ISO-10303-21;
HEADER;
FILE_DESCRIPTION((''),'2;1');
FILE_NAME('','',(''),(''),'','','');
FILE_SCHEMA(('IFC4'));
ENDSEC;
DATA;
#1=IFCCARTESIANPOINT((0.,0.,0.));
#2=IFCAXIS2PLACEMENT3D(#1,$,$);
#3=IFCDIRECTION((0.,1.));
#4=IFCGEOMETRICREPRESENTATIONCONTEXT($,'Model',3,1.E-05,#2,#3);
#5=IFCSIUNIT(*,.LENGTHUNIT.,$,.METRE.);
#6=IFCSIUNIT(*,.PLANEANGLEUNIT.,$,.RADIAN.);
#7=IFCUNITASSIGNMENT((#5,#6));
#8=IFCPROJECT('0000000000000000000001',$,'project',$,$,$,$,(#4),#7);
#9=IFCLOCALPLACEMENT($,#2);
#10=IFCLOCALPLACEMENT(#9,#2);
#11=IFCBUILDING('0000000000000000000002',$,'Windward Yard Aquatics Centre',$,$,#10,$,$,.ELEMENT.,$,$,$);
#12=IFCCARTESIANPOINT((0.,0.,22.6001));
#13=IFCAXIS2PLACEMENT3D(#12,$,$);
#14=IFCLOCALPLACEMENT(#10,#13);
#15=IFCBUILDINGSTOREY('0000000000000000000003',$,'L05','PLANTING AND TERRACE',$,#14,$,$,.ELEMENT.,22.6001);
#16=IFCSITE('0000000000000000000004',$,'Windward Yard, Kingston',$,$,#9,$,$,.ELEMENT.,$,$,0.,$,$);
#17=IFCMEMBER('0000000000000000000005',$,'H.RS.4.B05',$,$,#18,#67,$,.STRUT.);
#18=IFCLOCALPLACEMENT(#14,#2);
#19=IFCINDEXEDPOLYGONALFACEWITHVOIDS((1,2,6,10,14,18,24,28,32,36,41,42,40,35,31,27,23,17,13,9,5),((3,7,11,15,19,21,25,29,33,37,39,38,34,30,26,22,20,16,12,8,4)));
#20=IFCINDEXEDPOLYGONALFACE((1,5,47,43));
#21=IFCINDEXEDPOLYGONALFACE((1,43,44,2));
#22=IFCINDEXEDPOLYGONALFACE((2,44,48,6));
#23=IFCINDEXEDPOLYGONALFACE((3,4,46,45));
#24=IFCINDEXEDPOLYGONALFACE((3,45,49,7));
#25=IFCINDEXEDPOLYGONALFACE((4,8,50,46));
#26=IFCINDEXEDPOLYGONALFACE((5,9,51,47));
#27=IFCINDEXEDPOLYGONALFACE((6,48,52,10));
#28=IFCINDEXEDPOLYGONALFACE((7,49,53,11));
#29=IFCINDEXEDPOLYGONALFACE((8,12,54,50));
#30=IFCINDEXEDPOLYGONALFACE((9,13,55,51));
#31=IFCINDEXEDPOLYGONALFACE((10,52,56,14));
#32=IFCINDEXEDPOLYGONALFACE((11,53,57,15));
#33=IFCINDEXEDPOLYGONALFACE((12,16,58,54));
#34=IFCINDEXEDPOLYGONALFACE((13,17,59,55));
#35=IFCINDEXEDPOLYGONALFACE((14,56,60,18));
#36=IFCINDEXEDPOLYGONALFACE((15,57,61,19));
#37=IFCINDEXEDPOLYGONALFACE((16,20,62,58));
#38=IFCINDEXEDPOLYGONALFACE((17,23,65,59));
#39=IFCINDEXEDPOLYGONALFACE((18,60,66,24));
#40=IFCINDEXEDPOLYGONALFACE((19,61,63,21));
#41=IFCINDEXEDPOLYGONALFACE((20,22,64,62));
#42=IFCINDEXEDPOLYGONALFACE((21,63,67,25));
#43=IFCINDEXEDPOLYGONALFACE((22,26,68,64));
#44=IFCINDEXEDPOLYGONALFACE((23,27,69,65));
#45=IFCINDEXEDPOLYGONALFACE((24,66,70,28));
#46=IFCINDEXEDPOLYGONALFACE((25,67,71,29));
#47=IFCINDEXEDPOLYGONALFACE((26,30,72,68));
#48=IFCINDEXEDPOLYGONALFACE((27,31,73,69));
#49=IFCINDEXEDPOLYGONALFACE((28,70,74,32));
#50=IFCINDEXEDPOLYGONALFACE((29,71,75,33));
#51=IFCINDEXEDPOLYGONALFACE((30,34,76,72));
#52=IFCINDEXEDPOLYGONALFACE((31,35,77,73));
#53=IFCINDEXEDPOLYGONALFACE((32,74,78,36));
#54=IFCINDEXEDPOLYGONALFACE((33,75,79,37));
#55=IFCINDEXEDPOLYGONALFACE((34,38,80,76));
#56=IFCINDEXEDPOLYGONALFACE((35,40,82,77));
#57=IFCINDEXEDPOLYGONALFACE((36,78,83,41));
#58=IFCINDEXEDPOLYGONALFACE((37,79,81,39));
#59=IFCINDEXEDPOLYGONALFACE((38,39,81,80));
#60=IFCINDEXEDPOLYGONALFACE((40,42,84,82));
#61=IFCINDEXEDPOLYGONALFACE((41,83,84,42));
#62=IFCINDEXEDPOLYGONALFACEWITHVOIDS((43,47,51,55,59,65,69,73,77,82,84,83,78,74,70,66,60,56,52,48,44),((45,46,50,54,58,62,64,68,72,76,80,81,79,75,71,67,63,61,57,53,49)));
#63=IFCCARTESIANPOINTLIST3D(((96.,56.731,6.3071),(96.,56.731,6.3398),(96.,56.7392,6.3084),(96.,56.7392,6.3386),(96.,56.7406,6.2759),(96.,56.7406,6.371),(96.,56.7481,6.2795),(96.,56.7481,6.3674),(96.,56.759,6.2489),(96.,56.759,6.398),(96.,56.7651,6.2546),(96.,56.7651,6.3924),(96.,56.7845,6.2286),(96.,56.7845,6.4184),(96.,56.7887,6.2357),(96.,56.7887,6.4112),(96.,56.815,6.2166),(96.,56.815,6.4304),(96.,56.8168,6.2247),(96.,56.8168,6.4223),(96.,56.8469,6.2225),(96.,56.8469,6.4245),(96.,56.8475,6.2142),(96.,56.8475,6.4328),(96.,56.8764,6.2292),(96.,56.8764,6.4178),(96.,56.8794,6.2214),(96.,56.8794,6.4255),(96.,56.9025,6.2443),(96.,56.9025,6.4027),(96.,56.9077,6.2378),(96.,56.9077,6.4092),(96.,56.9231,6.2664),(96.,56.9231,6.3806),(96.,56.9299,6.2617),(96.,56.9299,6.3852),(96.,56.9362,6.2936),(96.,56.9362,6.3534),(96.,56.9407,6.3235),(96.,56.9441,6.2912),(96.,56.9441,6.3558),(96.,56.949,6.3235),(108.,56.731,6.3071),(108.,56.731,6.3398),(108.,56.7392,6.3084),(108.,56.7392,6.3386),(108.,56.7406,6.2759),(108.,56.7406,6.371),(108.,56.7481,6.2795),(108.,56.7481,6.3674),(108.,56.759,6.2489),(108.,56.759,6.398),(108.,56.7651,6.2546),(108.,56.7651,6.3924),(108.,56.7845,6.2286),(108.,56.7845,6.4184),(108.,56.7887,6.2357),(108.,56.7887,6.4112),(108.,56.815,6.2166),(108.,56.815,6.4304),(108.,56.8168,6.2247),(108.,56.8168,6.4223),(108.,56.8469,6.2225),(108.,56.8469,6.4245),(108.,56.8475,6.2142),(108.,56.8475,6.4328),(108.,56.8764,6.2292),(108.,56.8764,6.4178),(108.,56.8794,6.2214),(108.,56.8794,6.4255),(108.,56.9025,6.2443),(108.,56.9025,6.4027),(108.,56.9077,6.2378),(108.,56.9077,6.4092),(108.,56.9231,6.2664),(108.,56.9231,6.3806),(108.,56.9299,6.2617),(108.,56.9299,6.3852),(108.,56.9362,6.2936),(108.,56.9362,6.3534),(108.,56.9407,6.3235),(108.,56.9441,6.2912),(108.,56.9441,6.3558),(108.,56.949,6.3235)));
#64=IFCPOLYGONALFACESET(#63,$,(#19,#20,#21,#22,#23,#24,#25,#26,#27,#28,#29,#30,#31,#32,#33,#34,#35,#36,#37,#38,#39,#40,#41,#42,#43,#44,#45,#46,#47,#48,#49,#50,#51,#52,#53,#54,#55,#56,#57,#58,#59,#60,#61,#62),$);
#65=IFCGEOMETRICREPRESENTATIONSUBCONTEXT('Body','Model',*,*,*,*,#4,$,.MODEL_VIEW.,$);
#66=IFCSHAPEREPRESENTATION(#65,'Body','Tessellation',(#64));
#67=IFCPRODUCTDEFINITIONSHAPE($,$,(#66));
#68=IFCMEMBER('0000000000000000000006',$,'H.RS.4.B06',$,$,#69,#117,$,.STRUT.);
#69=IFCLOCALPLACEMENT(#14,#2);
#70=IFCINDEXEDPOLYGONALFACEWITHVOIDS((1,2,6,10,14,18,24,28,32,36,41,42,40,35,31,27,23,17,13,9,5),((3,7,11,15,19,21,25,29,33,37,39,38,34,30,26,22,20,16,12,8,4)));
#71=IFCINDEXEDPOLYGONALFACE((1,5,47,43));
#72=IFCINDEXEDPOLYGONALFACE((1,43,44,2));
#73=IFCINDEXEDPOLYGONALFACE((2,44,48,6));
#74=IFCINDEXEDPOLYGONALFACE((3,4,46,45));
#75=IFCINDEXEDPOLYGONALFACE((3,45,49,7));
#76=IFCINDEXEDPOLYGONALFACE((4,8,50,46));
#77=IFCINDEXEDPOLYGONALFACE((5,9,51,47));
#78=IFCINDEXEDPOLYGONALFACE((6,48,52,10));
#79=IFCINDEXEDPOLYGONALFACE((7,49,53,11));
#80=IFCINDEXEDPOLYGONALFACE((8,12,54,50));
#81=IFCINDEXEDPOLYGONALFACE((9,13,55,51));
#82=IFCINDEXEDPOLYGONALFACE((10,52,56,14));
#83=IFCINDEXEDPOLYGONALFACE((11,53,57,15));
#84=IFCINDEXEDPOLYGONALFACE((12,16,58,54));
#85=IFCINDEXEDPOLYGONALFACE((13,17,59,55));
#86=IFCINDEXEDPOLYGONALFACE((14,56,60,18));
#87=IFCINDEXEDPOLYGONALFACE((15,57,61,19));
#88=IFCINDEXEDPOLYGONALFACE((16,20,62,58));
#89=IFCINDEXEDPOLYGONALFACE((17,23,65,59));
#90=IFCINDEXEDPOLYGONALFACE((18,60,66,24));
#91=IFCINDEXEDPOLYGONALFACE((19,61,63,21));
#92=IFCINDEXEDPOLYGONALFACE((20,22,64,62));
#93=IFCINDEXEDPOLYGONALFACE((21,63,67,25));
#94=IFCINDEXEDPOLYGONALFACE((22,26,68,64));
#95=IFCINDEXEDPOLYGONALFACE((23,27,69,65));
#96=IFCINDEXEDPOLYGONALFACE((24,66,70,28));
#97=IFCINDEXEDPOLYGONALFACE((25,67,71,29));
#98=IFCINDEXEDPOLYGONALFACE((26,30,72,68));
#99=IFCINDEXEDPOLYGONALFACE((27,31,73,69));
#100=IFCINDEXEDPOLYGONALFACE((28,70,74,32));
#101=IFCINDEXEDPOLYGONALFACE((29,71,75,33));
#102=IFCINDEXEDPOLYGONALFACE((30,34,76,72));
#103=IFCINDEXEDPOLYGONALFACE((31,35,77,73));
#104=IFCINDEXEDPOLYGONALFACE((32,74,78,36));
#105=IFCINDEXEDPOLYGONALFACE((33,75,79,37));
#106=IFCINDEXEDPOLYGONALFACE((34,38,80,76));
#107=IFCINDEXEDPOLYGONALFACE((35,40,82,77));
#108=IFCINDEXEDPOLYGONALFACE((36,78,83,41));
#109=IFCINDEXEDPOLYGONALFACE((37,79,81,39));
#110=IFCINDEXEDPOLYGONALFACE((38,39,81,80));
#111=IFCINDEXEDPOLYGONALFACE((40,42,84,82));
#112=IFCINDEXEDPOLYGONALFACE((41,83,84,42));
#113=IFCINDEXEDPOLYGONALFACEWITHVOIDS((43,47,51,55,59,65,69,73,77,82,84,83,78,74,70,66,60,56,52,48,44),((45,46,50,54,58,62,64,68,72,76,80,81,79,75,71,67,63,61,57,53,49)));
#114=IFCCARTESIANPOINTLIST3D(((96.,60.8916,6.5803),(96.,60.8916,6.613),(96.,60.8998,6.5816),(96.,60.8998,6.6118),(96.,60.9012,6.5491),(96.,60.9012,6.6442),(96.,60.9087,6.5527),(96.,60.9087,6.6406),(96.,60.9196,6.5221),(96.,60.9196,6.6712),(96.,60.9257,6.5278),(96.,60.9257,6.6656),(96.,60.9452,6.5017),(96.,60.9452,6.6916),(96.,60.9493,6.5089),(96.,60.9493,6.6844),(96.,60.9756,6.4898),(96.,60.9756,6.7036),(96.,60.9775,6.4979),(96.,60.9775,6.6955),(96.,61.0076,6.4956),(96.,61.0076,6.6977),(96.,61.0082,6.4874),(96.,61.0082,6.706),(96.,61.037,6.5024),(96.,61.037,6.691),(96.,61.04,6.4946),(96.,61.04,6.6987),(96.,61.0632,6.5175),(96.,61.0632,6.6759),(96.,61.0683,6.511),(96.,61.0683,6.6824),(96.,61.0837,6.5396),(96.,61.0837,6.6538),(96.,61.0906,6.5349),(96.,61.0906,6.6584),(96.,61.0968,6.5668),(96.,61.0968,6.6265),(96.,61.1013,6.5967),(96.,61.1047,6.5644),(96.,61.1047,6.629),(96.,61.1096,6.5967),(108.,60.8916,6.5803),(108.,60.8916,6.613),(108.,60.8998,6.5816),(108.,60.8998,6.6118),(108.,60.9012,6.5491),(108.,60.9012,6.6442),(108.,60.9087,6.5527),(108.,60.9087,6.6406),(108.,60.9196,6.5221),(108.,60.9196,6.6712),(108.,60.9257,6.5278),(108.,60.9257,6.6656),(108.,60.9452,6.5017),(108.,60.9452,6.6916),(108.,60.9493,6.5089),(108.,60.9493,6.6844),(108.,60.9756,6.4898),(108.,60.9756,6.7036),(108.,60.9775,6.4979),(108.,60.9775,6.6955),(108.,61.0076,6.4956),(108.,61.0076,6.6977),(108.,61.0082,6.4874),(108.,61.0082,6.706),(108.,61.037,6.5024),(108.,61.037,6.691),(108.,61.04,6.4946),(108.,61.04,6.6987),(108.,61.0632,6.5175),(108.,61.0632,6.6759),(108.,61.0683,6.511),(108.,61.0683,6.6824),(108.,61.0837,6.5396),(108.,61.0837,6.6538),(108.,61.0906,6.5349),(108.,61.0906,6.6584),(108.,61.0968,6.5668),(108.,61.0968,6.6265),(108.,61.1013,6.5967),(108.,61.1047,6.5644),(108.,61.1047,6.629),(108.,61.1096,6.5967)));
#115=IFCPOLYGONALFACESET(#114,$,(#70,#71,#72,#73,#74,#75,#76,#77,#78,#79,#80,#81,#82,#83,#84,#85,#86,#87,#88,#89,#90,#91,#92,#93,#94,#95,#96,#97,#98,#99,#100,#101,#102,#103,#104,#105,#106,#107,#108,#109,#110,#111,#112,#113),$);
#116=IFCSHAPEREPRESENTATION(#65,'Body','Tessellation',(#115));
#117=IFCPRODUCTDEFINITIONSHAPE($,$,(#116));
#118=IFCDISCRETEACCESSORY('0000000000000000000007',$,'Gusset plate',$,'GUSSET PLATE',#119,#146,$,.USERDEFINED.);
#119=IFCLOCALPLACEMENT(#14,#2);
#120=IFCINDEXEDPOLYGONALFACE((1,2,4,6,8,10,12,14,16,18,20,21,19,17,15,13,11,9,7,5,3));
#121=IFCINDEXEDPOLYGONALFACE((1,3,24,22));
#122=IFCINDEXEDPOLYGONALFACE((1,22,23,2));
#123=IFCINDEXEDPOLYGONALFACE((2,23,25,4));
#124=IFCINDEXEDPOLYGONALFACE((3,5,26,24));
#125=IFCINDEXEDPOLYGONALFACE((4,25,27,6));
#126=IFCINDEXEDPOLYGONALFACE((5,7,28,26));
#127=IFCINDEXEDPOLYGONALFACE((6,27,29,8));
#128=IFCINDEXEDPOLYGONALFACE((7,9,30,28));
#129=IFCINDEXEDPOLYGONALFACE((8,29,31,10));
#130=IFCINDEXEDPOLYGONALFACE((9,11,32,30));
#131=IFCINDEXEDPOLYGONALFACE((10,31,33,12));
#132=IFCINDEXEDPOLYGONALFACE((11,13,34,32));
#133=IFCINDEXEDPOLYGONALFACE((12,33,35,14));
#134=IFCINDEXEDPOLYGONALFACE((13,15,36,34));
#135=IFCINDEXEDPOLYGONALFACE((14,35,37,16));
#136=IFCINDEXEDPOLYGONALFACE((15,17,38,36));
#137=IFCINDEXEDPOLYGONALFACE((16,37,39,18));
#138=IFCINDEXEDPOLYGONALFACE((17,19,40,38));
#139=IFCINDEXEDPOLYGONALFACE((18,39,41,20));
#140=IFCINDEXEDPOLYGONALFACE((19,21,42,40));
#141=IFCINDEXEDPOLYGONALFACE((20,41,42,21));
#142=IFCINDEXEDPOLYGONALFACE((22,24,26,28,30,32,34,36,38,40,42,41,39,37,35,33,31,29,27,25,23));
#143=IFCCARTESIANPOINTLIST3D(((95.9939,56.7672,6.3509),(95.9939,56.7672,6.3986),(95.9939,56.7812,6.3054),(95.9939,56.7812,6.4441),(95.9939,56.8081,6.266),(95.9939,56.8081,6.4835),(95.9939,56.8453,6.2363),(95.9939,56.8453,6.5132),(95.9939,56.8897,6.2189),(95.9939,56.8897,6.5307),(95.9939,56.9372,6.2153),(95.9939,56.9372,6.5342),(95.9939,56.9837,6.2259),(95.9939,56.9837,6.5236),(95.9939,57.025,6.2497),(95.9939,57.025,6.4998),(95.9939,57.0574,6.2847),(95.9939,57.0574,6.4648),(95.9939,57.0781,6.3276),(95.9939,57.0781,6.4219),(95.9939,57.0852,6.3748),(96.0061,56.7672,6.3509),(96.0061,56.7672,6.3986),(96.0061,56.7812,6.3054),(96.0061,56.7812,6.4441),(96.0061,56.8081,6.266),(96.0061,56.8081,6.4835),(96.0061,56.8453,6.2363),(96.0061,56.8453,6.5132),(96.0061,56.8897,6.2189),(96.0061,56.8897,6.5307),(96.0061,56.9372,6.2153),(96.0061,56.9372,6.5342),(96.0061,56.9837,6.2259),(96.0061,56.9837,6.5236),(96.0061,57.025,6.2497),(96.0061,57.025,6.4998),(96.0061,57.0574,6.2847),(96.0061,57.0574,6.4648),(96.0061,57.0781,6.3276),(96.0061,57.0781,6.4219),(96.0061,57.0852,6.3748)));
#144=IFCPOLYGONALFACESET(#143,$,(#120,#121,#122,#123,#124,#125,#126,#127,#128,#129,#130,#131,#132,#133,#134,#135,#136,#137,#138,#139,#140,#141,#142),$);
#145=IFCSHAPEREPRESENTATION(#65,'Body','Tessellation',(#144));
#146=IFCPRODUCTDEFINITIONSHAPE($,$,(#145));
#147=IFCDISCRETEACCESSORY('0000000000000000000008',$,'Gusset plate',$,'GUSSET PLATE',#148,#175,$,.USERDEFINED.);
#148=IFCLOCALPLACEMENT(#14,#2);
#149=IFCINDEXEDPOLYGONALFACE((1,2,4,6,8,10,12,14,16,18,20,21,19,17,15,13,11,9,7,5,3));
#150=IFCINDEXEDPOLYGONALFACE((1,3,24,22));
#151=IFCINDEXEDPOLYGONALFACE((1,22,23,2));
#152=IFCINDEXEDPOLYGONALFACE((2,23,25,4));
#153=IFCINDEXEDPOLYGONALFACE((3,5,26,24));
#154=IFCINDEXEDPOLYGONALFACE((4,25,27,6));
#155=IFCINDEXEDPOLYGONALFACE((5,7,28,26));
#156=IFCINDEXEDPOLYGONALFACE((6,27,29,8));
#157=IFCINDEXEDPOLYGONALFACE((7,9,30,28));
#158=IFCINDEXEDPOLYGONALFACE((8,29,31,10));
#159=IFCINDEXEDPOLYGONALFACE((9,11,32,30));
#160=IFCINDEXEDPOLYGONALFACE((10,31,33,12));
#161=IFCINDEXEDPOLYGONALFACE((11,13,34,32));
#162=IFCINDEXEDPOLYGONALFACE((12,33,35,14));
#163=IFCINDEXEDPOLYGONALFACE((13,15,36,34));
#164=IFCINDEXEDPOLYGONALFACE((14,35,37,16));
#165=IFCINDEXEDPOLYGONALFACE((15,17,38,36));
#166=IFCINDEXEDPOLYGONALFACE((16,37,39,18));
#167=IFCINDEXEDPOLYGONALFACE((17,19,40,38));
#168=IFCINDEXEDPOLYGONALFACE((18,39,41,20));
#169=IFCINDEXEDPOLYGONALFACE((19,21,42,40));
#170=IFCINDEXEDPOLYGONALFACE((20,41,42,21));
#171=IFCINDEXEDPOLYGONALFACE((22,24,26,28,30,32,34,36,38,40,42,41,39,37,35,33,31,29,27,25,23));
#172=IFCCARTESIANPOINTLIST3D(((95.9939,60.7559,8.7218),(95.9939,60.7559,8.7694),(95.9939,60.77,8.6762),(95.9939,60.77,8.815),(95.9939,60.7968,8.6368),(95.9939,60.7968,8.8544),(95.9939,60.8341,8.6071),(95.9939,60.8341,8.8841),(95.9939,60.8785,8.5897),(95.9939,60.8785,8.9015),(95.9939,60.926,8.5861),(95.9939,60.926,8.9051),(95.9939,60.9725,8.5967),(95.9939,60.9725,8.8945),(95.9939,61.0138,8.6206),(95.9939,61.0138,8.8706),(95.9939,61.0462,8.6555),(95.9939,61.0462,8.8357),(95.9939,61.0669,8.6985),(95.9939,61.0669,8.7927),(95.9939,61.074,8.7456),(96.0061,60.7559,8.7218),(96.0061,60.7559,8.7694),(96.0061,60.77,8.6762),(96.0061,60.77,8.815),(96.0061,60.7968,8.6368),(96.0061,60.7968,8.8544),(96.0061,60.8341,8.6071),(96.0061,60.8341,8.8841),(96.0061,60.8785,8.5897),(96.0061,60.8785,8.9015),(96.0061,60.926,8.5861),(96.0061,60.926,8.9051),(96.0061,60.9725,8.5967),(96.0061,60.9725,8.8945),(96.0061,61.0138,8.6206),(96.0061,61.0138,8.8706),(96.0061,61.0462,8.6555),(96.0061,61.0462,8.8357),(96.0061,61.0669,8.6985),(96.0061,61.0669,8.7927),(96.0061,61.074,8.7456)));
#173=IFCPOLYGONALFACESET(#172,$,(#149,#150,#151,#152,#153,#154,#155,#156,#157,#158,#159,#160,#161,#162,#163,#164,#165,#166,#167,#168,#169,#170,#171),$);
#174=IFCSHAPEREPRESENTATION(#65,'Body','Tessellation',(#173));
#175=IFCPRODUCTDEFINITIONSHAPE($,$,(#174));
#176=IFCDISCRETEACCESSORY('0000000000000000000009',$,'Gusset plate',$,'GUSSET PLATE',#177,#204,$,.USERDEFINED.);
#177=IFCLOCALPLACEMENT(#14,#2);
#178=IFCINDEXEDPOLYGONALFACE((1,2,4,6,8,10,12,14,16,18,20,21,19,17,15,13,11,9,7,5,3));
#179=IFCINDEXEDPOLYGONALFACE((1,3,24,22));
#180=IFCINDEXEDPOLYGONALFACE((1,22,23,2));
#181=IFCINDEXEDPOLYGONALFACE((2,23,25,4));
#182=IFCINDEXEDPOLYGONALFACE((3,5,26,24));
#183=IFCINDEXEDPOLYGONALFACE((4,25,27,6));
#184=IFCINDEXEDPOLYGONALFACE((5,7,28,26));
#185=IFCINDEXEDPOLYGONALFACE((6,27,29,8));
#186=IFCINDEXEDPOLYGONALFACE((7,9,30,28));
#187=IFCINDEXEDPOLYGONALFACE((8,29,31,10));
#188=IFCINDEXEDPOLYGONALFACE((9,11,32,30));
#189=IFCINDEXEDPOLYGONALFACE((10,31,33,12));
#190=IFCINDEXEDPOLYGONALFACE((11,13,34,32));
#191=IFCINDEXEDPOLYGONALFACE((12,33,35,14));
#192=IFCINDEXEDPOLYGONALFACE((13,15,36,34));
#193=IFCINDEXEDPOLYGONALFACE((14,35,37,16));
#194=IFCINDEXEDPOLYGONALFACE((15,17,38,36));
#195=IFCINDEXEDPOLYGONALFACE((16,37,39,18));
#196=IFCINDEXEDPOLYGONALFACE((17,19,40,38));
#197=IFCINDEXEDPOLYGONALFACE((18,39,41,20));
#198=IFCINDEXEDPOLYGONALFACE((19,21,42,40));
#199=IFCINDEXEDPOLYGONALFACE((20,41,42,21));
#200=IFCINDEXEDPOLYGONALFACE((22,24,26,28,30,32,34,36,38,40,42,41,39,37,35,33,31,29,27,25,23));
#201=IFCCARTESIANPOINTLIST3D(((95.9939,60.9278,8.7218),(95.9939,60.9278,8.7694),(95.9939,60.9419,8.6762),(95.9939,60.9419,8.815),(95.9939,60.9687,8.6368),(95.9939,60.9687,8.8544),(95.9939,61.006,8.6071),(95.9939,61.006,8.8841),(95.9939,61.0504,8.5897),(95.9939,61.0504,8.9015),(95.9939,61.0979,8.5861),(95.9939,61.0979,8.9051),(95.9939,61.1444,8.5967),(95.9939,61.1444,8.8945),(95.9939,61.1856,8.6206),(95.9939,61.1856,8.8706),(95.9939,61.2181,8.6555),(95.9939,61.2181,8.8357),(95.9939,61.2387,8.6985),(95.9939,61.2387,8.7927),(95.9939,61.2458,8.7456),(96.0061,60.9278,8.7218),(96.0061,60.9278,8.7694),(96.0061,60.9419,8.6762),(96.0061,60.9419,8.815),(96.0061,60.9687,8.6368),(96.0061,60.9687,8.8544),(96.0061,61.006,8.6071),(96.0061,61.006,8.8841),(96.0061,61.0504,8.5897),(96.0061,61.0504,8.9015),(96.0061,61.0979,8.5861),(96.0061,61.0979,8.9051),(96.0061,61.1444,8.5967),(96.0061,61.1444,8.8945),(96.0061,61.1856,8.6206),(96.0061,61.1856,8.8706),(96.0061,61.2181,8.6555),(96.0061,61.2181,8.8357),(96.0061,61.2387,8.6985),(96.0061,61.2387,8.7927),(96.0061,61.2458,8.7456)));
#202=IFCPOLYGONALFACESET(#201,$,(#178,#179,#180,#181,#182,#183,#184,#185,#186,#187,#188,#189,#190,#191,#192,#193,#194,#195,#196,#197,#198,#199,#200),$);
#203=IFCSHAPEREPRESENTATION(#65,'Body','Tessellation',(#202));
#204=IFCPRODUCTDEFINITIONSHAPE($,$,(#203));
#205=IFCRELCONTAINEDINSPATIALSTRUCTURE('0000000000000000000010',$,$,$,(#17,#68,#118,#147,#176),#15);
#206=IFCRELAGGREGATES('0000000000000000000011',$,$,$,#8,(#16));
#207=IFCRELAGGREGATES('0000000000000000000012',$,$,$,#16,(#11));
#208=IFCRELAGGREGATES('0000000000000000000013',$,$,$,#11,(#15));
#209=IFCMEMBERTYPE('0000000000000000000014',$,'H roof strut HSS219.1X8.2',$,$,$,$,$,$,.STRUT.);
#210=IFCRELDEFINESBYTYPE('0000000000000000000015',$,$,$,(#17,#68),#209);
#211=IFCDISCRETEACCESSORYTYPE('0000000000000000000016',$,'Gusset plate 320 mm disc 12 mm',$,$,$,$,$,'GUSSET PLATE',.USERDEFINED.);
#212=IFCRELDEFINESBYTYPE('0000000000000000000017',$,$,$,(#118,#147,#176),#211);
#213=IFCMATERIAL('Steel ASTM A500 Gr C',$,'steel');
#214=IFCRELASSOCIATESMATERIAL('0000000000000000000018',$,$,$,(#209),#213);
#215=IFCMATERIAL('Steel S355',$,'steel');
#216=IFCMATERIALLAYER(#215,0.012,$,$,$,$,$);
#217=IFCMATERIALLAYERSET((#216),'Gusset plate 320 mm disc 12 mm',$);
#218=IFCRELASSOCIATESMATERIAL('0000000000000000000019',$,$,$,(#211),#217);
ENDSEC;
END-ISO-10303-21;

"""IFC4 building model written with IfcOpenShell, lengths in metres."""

from ifc_helpers import new_model, si_unit, direction, frame, origin, origin_2d, place, context, subcontext, project, spatial, circle, hollow_circle, extrude, material, layer, layer_set, material_profile, profile_set, type_object, element, save


model = new_model("IFC4")

# Units and contexts
model_context = context("Model", 3, precision=1e-05, world=origin(), true_north=direction((0.0, 1.0)))
body_context = subcontext(model_context, "Body", "Model", "MODEL_VIEW")
ifc_project = project(units=[si_unit("LENGTHUNIT", "METRE"), si_unit("PLANEANGLEUNIT", "RADIAN")], contexts=[model_context])

# Site, building, storey
site_placement = place(None, origin())
site = spatial("IfcSite", under=ifc_project, at=site_placement, Name="Windward Yard, Kingston", CompositionType="ELEMENT", RefElevation=0.0)
building_placement = place(site_placement, origin())
building = spatial("IfcBuilding", under=site, at=building_placement, Name="Windward Yard Aquatics Centre", CompositionType="ELEMENT")
storey_placement = place(building_placement, frame((0.0, 0.0, 22.6001)))
storey = spatial("IfcBuildingStorey", under=building, at=storey_placement, Name="L05", Description="PLANTING AND TERRACE", CompositionType="ELEMENT", Elevation=22.6001)

# Members
ifc_material_1 = material(Name="Steel ASTM A500 Gr C", Category="steel")
ifc_material_profile_1 = material_profile(ifc_material_1, hollow_circle(Radius=0.1096, WallThickness=0.0083, at=origin_2d()), Name="HSS219.1X8.2")
ifc_profile_set_1 = profile_set([ifc_material_profile_1], Name="Steel ASTM A500 Gr C")
member_type_1 = type_object("IfcMemberType", Name="H roof strut HSS219.1X8.2", PredefinedType="STRUT", material=ifc_profile_set_1)
for number, where, z_axis, x_axis, name in (
    (1, (96.0, 56.8394, 6.3235), (1.0, 0.0, 0.0), (0.0, 1.0, 0.0), "H.RS.4.B05"),
    (2, (96.0, 61.0, 6.5967), (1.0, 0.0, 0.0), (0.0, 1.0, 0.0), "H.RS.4.B06"),
):
    element("IfcMember", number, at=place(storey_placement, frame(where, z_axis=z_axis, x_axis=x_axis)), inside=storey, type_object=member_type_1, Name=name, PredefinedType="STRUT", context=body_context, shape_type="SweptSolid", body=[
        extrude(hollow_circle(Radius=0.1096, WallThickness=0.0083, at=origin_2d()), origin(), (0.0, 0.0, 1.0), 12.0),
    ])

# Discrete accessories
ifc_material_2 = material(Name="Steel S355", Category="steel")
ifc_layer = layer(ifc_material_2, 0.012)
ifc_layer_set = layer_set([ifc_layer], Name="Gusset plate 320 mm disc 12 mm")
discrete_accessory_type = type_object("IfcDiscreteAccessoryType", Name="Gusset plate 320 mm disc 12 mm", ElementType="GUSSET PLATE", PredefinedType="USERDEFINED", material=ifc_layer_set)
for number, where, z_axis, x_axis, name in (
    (3, (95.9939, 56.9253, 6.3748), (1.0, 0.0, 0.0), (0.0, 1.0, 0.0), "Gusset plate"),
    (4, (95.9939, 60.9141, 8.7456), (1.0, 0.0, 0.0), (0.0, 1.0, 0.0), "Gusset plate"),
    (5, (95.9939, 61.0859, 8.7456), (1.0, 0.0, 0.0), (0.0, 1.0, 0.0), "Gusset plate"),
):
    element("IfcDiscreteAccessory", number, at=place(storey_placement, frame(where, z_axis=z_axis, x_axis=x_axis)), inside=storey, type_object=discrete_accessory_type, Name=name, ObjectType="GUSSET PLATE", PredefinedType="USERDEFINED", context=body_context, shape_type="SweptSolid", body=[
        extrude(circle(Radius=0.1599, at=origin_2d()), origin(), (0.0, 0.0, 1.0), 0.0122),
    ])

save(model, "model.ifc")
